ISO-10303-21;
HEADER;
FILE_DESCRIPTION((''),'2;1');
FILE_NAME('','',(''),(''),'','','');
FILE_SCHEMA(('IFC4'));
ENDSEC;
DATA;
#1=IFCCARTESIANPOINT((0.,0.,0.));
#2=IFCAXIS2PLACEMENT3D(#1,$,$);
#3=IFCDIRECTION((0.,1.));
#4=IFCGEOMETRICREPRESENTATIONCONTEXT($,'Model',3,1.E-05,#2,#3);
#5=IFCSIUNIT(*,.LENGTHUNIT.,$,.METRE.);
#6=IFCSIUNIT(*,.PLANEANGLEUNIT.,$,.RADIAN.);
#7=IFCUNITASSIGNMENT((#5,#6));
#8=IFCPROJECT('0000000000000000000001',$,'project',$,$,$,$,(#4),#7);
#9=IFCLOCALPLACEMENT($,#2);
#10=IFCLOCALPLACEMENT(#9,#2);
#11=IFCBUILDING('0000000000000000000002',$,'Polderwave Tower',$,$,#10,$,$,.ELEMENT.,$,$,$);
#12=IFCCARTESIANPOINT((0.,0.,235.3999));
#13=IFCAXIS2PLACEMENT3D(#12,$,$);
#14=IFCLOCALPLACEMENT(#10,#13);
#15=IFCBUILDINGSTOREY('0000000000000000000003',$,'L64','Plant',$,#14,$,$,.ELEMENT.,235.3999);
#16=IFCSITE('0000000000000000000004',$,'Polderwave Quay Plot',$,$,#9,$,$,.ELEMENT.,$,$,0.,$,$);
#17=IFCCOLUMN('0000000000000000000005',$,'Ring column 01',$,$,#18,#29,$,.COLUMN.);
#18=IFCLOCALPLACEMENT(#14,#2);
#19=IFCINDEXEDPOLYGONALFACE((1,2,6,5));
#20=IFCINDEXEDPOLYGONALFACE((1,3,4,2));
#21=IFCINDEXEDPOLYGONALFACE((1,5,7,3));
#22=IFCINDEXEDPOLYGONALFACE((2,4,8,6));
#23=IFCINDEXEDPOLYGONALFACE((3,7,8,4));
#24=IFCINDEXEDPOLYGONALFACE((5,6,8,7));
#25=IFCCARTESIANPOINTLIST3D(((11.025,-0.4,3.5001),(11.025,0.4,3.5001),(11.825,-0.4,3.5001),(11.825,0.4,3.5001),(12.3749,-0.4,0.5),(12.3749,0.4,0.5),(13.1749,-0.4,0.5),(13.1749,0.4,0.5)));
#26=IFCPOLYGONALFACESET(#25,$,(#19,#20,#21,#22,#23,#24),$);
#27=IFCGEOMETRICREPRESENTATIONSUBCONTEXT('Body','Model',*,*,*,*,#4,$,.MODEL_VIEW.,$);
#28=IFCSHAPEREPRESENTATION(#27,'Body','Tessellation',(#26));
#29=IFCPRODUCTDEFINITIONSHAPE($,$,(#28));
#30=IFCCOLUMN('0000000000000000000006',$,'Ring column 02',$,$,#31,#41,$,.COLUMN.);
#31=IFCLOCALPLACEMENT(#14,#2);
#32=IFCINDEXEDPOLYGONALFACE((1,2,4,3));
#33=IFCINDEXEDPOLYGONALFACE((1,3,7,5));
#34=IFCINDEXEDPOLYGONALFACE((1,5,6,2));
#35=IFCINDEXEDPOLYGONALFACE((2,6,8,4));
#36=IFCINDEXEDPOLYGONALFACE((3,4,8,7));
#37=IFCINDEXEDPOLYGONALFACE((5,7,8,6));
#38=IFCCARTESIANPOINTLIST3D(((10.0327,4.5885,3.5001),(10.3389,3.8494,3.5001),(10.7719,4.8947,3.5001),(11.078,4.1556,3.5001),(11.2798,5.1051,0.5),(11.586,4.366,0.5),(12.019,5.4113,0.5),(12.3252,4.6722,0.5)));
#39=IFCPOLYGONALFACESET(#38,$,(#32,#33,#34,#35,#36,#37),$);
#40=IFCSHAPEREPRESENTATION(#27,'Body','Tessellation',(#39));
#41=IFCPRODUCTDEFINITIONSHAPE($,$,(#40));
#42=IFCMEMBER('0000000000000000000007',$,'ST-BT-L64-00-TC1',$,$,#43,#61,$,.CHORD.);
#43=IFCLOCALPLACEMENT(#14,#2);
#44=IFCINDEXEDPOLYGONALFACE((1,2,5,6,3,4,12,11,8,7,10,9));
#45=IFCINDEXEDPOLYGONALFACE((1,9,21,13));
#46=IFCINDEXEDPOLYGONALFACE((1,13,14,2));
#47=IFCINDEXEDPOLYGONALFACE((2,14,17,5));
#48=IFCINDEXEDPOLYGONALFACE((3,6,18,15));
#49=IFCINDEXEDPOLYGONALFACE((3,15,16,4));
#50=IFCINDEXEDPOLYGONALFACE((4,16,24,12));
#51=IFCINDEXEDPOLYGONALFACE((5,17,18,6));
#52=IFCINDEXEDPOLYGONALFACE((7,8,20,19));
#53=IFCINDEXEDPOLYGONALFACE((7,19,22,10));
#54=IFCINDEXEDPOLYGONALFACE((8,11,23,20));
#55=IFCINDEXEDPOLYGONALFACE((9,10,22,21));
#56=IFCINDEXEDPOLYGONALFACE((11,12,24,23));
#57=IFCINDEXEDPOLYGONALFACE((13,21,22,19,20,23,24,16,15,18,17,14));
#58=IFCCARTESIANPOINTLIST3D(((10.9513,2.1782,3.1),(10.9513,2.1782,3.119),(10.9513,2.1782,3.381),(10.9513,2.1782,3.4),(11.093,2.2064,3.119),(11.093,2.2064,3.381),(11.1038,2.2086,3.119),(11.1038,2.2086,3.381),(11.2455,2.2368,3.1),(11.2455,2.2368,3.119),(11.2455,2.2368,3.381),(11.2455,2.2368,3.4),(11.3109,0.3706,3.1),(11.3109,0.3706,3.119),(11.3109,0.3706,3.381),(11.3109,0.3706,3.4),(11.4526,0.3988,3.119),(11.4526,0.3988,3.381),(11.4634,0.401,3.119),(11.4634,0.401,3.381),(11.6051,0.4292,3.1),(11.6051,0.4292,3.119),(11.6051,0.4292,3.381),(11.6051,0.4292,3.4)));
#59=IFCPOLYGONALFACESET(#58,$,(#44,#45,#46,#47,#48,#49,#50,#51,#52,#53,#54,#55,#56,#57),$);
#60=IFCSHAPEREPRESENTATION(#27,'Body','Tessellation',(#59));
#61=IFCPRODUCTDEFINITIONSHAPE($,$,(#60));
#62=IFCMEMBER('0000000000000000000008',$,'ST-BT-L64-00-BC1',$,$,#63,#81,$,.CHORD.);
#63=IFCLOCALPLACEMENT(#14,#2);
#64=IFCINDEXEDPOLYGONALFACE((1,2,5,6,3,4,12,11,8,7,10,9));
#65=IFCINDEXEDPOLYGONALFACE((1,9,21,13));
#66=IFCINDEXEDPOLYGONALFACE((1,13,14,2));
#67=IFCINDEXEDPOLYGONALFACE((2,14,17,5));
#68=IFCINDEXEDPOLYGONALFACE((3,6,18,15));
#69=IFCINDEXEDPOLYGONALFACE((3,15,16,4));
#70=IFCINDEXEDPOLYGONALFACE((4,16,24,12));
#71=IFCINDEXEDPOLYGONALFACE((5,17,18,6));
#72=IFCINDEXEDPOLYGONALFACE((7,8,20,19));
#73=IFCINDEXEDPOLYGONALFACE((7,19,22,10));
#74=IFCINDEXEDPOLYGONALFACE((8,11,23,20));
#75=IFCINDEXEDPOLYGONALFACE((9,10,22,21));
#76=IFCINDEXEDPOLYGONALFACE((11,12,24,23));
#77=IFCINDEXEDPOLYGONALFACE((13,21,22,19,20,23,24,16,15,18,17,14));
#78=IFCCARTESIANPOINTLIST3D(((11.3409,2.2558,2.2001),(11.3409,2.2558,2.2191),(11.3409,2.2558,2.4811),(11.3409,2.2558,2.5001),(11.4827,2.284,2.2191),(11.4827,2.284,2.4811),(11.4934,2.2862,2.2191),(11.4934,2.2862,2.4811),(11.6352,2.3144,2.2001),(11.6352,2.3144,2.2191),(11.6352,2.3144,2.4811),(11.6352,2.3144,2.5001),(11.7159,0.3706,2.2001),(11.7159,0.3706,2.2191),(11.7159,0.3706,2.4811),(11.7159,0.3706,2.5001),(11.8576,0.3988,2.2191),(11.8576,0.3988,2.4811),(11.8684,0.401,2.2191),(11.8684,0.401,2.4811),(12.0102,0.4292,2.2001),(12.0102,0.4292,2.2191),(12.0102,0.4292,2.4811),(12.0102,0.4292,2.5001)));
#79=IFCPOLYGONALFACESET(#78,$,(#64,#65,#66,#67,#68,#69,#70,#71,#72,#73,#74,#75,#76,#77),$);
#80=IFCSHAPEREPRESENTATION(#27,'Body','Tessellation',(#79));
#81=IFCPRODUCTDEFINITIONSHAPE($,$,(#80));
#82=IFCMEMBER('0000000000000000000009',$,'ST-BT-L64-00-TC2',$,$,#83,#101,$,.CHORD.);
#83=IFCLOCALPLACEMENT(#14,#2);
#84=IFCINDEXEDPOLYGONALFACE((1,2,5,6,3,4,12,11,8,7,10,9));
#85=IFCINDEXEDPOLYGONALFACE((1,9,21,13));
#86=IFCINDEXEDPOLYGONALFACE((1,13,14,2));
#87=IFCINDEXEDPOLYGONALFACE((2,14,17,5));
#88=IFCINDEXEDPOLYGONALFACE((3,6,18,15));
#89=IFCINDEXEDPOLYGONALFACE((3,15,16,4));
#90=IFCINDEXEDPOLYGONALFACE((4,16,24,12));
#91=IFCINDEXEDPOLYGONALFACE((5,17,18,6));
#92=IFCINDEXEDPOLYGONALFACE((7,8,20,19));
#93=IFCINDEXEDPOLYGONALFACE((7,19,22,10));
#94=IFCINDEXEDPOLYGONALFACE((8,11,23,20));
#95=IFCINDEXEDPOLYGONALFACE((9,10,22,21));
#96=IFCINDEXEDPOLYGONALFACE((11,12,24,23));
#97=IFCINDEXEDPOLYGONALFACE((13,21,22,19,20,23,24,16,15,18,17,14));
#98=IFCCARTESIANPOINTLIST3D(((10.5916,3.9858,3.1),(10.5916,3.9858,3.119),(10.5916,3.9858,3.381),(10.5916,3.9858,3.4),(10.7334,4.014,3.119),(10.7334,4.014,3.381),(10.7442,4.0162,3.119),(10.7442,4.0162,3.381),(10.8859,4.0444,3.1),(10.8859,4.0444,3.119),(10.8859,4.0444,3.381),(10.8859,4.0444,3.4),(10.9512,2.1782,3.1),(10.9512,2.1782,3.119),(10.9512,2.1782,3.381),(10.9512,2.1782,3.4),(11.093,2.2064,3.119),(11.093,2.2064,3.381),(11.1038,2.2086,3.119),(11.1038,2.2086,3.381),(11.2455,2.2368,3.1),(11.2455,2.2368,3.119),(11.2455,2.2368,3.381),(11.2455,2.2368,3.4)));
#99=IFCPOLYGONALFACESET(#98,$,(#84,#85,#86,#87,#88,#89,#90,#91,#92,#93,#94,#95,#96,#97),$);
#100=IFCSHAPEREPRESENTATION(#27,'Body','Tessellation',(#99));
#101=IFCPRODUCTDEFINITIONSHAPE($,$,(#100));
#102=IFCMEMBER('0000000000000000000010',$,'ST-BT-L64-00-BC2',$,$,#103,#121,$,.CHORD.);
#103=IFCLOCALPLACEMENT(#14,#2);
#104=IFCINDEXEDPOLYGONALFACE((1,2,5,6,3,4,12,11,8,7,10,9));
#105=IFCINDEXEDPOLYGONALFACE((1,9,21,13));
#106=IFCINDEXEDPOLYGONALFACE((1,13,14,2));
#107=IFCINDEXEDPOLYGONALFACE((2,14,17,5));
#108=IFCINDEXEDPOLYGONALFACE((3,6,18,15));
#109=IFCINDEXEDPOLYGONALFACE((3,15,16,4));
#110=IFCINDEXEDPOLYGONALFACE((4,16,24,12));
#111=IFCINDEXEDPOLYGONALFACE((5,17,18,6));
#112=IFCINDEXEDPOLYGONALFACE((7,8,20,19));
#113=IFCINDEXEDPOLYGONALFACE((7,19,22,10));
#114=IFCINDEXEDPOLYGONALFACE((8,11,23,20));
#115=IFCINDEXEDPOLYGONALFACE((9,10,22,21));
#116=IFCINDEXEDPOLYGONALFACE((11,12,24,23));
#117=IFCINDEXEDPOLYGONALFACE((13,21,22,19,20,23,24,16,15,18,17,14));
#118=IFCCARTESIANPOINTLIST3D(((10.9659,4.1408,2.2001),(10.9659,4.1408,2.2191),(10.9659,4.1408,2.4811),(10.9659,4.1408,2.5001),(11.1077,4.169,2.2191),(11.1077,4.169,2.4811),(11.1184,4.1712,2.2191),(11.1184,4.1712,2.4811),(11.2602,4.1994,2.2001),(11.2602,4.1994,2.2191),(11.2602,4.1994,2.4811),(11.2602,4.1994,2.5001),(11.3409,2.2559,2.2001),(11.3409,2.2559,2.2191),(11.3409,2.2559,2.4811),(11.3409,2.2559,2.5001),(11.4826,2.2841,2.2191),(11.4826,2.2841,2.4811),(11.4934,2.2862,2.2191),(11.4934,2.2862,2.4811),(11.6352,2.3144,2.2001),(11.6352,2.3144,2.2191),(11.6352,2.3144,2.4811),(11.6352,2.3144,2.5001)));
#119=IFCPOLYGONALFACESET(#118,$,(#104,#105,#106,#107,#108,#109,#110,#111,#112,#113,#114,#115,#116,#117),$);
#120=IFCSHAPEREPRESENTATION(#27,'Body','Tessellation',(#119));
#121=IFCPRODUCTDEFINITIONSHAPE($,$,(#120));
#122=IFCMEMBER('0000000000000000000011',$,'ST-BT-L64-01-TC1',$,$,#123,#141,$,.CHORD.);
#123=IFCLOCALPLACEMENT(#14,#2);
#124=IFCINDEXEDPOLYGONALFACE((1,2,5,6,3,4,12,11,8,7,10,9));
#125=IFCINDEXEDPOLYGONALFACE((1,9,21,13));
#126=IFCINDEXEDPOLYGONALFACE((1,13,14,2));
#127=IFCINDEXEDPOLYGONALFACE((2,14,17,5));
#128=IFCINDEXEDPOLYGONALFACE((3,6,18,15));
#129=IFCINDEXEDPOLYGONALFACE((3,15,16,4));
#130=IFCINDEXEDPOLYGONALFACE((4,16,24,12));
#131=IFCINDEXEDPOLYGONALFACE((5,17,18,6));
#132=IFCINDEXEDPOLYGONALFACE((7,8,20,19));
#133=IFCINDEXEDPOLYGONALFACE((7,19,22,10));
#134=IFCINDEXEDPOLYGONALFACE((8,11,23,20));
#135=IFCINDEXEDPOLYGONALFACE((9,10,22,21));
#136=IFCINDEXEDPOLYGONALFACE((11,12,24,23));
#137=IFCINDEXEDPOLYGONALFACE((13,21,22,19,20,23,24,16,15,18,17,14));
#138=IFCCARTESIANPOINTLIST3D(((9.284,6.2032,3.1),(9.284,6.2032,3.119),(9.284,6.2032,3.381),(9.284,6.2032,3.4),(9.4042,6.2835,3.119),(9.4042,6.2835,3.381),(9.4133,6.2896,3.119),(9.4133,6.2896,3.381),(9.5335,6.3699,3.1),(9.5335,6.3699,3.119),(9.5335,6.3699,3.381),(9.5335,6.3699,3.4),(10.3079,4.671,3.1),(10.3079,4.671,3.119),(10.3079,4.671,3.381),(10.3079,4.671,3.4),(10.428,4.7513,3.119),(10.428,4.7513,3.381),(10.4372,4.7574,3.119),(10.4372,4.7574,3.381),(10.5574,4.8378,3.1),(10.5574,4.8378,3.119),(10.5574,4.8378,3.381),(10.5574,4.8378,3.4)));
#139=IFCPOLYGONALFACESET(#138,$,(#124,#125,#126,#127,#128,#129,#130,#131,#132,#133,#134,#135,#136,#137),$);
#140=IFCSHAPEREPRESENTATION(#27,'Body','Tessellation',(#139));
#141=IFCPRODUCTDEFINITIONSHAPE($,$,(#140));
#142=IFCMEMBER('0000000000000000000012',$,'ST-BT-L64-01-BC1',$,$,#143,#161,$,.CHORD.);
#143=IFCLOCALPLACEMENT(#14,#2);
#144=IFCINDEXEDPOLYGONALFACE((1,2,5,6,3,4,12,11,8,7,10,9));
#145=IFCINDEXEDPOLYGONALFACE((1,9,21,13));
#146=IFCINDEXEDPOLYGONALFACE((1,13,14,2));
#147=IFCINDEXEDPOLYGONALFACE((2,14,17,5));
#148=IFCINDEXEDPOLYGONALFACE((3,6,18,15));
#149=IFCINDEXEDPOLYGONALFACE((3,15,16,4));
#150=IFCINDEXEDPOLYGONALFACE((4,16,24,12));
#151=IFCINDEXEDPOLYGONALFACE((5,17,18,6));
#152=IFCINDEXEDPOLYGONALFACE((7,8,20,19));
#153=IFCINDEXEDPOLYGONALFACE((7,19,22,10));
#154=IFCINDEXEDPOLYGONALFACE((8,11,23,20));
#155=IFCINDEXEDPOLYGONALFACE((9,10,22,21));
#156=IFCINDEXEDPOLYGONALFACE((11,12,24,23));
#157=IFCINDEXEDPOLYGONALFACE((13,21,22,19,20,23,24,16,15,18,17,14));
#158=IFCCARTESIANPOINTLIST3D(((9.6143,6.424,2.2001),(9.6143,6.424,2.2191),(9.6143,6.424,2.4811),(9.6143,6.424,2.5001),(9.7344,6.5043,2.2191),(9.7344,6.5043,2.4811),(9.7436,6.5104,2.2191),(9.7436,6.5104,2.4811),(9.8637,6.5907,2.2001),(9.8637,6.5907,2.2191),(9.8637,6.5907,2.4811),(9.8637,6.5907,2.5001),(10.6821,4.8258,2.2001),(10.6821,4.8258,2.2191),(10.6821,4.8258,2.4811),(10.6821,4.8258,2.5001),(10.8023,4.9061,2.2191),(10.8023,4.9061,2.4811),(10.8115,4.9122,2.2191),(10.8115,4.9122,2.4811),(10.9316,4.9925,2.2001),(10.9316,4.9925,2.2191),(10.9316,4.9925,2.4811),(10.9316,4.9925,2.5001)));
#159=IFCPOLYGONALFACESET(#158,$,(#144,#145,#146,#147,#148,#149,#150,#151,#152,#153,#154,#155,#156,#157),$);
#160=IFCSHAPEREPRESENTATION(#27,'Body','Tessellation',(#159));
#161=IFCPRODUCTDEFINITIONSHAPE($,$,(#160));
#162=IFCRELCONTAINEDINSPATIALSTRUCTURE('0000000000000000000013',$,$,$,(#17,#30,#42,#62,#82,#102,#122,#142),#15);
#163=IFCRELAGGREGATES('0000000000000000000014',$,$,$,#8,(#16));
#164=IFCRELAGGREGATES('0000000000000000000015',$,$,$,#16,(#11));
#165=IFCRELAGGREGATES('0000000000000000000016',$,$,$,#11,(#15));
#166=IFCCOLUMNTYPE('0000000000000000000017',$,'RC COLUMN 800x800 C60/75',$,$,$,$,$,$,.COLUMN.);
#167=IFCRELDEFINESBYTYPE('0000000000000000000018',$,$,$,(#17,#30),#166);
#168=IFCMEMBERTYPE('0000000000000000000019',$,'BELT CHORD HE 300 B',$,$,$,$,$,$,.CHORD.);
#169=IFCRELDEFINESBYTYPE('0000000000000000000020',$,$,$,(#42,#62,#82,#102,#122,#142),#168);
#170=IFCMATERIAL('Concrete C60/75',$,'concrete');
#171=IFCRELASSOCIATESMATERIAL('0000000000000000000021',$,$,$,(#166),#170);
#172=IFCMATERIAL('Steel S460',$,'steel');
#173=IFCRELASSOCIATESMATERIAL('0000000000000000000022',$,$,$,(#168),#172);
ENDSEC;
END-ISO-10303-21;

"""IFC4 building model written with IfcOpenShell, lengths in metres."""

from ifc_helpers import new_model, si_unit, direction, frame, origin, origin_2d, place, context, subcontext, project, spatial, rectangle, i_section, extrude, material, material_profile, profile_set, type_object, element, save


model = new_model("IFC4")

# Units and contexts
model_context = context("Model", 3, precision=1e-05, world=origin(), true_north=direction((0.0, 1.0)))
body_context = subcontext(model_context, "Body", "Model", "MODEL_VIEW")
ifc_project = project(units=[si_unit("LENGTHUNIT", "METRE"), si_unit("PLANEANGLEUNIT", "RADIAN")], contexts=[model_context])

# Site, building, storey
site_placement = place(None, origin())
site = spatial("IfcSite", under=ifc_project, at=site_placement, Name="Polderwave Quay Plot", CompositionType="ELEMENT", RefElevation=0.0)
building_placement = place(site_placement, origin())
building = spatial("IfcBuilding", under=site, at=building_placement, Name="Polderwave Tower", CompositionType="ELEMENT")
storey_placement = place(building_placement, frame((0.0, 0.0, 235.3999)))
storey = spatial("IfcBuildingStorey", under=building, at=storey_placement, Name="L64", Description="Plant", CompositionType="ELEMENT", Elevation=235.3999)

# Columns
ifc_material_1 = material(Name="Concrete C60/75", Category="concrete")
ifc_material_profile_1 = material_profile(ifc_material_1, rectangle(XDim=0.8, YDim=0.8, at=origin_2d()), Name="RC 800x800")
ifc_profile_set_1 = profile_set([ifc_material_profile_1], Name="Concrete C60/75")
column_type = type_object("IfcColumnType", Name="RC COLUMN 800x800 C60/75", PredefinedType="COLUMN", material=ifc_profile_set_1)
column_1_placement = place(storey_placement, frame((12.7749, 0.0, 0.5), z_axis=(0.0, 0.0, 1.0), x_axis=(0.0, -1.0, 0.0)))
element("IfcColumn", 1, at=column_1_placement, inside=storey, type_object=column_type, Name="Ring column 01", PredefinedType="COLUMN", context=body_context, shape_type="SweptSolid", body=[
    extrude(rectangle(XDim=0.8, YDim=0.8, at=origin_2d()), origin(), (0.0, -0.410328, 0.911938), 3.2898),
])
column_2_placement = place(storey_placement, frame((11.8025, 4.8887, 0.5), z_axis=(0.0, 0.0, 1.0), x_axis=(0.382714, -0.923867, 0.0)))
element("IfcColumn", 2, at=column_2_placement, inside=storey, type_object=column_type, Name="Ring column 02", PredefinedType="COLUMN", context=body_context, shape_type="SweptSolid", body=[
    extrude(rectangle(XDim=0.8, YDim=0.8, at=origin_2d()), origin(), (0.0, -0.410324, 0.91194), 3.2898),
])

# Members
ifc_material_2 = material(Name="Steel S460", Category="steel")
ifc_material_profile_2 = material_profile(ifc_material_2, i_section(OverallWidth=0.3, OverallDepth=0.3, WebThickness=0.011, FlangeThickness=0.019, at=origin_2d()), Name="HE 300 B")
ifc_profile_set_2 = profile_set([ifc_material_profile_2], Name="Steel S460")
member_type_1 = type_object("IfcMemberType", Name="BELT CHORD HE 300 B", PredefinedType="CHORD", material=ifc_profile_set_2)
member_1_placement = place(storey_placement, frame((11.458, 0.3999, 3.25), z_axis=(-0.195123, 0.980779, 0.0), x_axis=(-0.980779, -0.195123, 0.0)))
element("IfcMember", 3, at=member_1_placement, inside=storey, type_object=member_type_1, Name="ST-BT-L64-00-TC1", PredefinedType="CHORD", context=body_context, shape_type="SweptSolid", body=[
    extrude(i_section(OverallWidth=0.3, OverallDepth=0.3, WebThickness=0.011, FlangeThickness=0.019, at=origin_2d()), origin(), (0.0, 0.0, 1.0), 1.843),
])
member_2_placement = place(storey_placement, frame((11.863, 0.3999, 2.3501), z_axis=(-0.19509, 0.980785, 0.0), x_axis=(-0.980785, -0.19509, 0.0)))
element("IfcMember", 4, at=member_2_placement, inside=storey, type_object=member_type_1, Name="ST-BT-L64-00-BC1", PredefinedType="CHORD", context=body_context, shape_type="SweptSolid", body=[
    extrude(i_section(OverallWidth=0.3, OverallDepth=0.3, WebThickness=0.011, FlangeThickness=0.019, at=origin_2d()), origin(), (0.0, 0.0, 1.0), 1.9221),
])
member_3_placement = place(storey_placement, frame((11.0984, 2.2075, 3.25), z_axis=(-0.195123, 0.980779, 0.0), x_axis=(-0.980779, -0.195123, 0.0)))
element("IfcMember", 5, at=member_3_placement, inside=storey, type_object=member_type_1, Name="ST-BT-L64-00-TC2", PredefinedType="CHORD", context=body_context, shape_type="SweptSolid", body=[
    extrude(i_section(OverallWidth=0.3, OverallDepth=0.3, WebThickness=0.011, FlangeThickness=0.019, at=origin_2d()), origin(), (0.0, 0.0, 1.0), 1.843),
])
member_4_placement = place(storey_placement, frame((11.488, 2.2852, 2.3501), z_axis=(-0.195114, 0.98078, 0.0), x_axis=(-0.98078, -0.195114, 0.0)))
element("IfcMember", 6, at=member_4_placement, inside=storey, type_object=member_type_1, Name="ST-BT-L64-00-BC2", PredefinedType="CHORD", context=body_context, shape_type="SweptSolid", body=[
    extrude(i_section(OverallWidth=0.3, OverallDepth=0.3, WebThickness=0.011, FlangeThickness=0.019, at=origin_2d()), origin(), (0.0, 0.0, 1.0), 1.9219),
])
member_5_placement = place(storey_placement, frame((10.4326, 4.7544, 3.25), z_axis=(-0.555617, 0.831438, 0.0), x_axis=(-0.831438, -0.555617, 0.0)))
element("IfcMember", 7, at=member_5_placement, inside=storey, type_object=member_type_1, Name="ST-BT-L64-01-TC1", PredefinedType="CHORD", context=body_context, shape_type="SweptSolid", body=[
    extrude(i_section(OverallWidth=0.3, OverallDepth=0.3, WebThickness=0.011, FlangeThickness=0.019, at=origin_2d()), origin(), (0.0, 0.0, 1.0), 1.8428),
])
member_6_placement = place(storey_placement, frame((10.8069, 4.9092, 2.3501), z_axis=(-0.555579, 0.831464, 0.0), x_axis=(-0.831464, -0.555579, 0.0)))
element("IfcMember", 8, at=member_6_placement, inside=storey, type_object=member_type_1, Name="ST-BT-L64-01-BC1", PredefinedType="CHORD", context=body_context, shape_type="SweptSolid", body=[
    extrude(i_section(OverallWidth=0.3, OverallDepth=0.3, WebThickness=0.011, FlangeThickness=0.019, at=origin_2d()), origin(), (0.0, 0.0, 1.0), 1.9221),
])

save(model, "model.ifc")
